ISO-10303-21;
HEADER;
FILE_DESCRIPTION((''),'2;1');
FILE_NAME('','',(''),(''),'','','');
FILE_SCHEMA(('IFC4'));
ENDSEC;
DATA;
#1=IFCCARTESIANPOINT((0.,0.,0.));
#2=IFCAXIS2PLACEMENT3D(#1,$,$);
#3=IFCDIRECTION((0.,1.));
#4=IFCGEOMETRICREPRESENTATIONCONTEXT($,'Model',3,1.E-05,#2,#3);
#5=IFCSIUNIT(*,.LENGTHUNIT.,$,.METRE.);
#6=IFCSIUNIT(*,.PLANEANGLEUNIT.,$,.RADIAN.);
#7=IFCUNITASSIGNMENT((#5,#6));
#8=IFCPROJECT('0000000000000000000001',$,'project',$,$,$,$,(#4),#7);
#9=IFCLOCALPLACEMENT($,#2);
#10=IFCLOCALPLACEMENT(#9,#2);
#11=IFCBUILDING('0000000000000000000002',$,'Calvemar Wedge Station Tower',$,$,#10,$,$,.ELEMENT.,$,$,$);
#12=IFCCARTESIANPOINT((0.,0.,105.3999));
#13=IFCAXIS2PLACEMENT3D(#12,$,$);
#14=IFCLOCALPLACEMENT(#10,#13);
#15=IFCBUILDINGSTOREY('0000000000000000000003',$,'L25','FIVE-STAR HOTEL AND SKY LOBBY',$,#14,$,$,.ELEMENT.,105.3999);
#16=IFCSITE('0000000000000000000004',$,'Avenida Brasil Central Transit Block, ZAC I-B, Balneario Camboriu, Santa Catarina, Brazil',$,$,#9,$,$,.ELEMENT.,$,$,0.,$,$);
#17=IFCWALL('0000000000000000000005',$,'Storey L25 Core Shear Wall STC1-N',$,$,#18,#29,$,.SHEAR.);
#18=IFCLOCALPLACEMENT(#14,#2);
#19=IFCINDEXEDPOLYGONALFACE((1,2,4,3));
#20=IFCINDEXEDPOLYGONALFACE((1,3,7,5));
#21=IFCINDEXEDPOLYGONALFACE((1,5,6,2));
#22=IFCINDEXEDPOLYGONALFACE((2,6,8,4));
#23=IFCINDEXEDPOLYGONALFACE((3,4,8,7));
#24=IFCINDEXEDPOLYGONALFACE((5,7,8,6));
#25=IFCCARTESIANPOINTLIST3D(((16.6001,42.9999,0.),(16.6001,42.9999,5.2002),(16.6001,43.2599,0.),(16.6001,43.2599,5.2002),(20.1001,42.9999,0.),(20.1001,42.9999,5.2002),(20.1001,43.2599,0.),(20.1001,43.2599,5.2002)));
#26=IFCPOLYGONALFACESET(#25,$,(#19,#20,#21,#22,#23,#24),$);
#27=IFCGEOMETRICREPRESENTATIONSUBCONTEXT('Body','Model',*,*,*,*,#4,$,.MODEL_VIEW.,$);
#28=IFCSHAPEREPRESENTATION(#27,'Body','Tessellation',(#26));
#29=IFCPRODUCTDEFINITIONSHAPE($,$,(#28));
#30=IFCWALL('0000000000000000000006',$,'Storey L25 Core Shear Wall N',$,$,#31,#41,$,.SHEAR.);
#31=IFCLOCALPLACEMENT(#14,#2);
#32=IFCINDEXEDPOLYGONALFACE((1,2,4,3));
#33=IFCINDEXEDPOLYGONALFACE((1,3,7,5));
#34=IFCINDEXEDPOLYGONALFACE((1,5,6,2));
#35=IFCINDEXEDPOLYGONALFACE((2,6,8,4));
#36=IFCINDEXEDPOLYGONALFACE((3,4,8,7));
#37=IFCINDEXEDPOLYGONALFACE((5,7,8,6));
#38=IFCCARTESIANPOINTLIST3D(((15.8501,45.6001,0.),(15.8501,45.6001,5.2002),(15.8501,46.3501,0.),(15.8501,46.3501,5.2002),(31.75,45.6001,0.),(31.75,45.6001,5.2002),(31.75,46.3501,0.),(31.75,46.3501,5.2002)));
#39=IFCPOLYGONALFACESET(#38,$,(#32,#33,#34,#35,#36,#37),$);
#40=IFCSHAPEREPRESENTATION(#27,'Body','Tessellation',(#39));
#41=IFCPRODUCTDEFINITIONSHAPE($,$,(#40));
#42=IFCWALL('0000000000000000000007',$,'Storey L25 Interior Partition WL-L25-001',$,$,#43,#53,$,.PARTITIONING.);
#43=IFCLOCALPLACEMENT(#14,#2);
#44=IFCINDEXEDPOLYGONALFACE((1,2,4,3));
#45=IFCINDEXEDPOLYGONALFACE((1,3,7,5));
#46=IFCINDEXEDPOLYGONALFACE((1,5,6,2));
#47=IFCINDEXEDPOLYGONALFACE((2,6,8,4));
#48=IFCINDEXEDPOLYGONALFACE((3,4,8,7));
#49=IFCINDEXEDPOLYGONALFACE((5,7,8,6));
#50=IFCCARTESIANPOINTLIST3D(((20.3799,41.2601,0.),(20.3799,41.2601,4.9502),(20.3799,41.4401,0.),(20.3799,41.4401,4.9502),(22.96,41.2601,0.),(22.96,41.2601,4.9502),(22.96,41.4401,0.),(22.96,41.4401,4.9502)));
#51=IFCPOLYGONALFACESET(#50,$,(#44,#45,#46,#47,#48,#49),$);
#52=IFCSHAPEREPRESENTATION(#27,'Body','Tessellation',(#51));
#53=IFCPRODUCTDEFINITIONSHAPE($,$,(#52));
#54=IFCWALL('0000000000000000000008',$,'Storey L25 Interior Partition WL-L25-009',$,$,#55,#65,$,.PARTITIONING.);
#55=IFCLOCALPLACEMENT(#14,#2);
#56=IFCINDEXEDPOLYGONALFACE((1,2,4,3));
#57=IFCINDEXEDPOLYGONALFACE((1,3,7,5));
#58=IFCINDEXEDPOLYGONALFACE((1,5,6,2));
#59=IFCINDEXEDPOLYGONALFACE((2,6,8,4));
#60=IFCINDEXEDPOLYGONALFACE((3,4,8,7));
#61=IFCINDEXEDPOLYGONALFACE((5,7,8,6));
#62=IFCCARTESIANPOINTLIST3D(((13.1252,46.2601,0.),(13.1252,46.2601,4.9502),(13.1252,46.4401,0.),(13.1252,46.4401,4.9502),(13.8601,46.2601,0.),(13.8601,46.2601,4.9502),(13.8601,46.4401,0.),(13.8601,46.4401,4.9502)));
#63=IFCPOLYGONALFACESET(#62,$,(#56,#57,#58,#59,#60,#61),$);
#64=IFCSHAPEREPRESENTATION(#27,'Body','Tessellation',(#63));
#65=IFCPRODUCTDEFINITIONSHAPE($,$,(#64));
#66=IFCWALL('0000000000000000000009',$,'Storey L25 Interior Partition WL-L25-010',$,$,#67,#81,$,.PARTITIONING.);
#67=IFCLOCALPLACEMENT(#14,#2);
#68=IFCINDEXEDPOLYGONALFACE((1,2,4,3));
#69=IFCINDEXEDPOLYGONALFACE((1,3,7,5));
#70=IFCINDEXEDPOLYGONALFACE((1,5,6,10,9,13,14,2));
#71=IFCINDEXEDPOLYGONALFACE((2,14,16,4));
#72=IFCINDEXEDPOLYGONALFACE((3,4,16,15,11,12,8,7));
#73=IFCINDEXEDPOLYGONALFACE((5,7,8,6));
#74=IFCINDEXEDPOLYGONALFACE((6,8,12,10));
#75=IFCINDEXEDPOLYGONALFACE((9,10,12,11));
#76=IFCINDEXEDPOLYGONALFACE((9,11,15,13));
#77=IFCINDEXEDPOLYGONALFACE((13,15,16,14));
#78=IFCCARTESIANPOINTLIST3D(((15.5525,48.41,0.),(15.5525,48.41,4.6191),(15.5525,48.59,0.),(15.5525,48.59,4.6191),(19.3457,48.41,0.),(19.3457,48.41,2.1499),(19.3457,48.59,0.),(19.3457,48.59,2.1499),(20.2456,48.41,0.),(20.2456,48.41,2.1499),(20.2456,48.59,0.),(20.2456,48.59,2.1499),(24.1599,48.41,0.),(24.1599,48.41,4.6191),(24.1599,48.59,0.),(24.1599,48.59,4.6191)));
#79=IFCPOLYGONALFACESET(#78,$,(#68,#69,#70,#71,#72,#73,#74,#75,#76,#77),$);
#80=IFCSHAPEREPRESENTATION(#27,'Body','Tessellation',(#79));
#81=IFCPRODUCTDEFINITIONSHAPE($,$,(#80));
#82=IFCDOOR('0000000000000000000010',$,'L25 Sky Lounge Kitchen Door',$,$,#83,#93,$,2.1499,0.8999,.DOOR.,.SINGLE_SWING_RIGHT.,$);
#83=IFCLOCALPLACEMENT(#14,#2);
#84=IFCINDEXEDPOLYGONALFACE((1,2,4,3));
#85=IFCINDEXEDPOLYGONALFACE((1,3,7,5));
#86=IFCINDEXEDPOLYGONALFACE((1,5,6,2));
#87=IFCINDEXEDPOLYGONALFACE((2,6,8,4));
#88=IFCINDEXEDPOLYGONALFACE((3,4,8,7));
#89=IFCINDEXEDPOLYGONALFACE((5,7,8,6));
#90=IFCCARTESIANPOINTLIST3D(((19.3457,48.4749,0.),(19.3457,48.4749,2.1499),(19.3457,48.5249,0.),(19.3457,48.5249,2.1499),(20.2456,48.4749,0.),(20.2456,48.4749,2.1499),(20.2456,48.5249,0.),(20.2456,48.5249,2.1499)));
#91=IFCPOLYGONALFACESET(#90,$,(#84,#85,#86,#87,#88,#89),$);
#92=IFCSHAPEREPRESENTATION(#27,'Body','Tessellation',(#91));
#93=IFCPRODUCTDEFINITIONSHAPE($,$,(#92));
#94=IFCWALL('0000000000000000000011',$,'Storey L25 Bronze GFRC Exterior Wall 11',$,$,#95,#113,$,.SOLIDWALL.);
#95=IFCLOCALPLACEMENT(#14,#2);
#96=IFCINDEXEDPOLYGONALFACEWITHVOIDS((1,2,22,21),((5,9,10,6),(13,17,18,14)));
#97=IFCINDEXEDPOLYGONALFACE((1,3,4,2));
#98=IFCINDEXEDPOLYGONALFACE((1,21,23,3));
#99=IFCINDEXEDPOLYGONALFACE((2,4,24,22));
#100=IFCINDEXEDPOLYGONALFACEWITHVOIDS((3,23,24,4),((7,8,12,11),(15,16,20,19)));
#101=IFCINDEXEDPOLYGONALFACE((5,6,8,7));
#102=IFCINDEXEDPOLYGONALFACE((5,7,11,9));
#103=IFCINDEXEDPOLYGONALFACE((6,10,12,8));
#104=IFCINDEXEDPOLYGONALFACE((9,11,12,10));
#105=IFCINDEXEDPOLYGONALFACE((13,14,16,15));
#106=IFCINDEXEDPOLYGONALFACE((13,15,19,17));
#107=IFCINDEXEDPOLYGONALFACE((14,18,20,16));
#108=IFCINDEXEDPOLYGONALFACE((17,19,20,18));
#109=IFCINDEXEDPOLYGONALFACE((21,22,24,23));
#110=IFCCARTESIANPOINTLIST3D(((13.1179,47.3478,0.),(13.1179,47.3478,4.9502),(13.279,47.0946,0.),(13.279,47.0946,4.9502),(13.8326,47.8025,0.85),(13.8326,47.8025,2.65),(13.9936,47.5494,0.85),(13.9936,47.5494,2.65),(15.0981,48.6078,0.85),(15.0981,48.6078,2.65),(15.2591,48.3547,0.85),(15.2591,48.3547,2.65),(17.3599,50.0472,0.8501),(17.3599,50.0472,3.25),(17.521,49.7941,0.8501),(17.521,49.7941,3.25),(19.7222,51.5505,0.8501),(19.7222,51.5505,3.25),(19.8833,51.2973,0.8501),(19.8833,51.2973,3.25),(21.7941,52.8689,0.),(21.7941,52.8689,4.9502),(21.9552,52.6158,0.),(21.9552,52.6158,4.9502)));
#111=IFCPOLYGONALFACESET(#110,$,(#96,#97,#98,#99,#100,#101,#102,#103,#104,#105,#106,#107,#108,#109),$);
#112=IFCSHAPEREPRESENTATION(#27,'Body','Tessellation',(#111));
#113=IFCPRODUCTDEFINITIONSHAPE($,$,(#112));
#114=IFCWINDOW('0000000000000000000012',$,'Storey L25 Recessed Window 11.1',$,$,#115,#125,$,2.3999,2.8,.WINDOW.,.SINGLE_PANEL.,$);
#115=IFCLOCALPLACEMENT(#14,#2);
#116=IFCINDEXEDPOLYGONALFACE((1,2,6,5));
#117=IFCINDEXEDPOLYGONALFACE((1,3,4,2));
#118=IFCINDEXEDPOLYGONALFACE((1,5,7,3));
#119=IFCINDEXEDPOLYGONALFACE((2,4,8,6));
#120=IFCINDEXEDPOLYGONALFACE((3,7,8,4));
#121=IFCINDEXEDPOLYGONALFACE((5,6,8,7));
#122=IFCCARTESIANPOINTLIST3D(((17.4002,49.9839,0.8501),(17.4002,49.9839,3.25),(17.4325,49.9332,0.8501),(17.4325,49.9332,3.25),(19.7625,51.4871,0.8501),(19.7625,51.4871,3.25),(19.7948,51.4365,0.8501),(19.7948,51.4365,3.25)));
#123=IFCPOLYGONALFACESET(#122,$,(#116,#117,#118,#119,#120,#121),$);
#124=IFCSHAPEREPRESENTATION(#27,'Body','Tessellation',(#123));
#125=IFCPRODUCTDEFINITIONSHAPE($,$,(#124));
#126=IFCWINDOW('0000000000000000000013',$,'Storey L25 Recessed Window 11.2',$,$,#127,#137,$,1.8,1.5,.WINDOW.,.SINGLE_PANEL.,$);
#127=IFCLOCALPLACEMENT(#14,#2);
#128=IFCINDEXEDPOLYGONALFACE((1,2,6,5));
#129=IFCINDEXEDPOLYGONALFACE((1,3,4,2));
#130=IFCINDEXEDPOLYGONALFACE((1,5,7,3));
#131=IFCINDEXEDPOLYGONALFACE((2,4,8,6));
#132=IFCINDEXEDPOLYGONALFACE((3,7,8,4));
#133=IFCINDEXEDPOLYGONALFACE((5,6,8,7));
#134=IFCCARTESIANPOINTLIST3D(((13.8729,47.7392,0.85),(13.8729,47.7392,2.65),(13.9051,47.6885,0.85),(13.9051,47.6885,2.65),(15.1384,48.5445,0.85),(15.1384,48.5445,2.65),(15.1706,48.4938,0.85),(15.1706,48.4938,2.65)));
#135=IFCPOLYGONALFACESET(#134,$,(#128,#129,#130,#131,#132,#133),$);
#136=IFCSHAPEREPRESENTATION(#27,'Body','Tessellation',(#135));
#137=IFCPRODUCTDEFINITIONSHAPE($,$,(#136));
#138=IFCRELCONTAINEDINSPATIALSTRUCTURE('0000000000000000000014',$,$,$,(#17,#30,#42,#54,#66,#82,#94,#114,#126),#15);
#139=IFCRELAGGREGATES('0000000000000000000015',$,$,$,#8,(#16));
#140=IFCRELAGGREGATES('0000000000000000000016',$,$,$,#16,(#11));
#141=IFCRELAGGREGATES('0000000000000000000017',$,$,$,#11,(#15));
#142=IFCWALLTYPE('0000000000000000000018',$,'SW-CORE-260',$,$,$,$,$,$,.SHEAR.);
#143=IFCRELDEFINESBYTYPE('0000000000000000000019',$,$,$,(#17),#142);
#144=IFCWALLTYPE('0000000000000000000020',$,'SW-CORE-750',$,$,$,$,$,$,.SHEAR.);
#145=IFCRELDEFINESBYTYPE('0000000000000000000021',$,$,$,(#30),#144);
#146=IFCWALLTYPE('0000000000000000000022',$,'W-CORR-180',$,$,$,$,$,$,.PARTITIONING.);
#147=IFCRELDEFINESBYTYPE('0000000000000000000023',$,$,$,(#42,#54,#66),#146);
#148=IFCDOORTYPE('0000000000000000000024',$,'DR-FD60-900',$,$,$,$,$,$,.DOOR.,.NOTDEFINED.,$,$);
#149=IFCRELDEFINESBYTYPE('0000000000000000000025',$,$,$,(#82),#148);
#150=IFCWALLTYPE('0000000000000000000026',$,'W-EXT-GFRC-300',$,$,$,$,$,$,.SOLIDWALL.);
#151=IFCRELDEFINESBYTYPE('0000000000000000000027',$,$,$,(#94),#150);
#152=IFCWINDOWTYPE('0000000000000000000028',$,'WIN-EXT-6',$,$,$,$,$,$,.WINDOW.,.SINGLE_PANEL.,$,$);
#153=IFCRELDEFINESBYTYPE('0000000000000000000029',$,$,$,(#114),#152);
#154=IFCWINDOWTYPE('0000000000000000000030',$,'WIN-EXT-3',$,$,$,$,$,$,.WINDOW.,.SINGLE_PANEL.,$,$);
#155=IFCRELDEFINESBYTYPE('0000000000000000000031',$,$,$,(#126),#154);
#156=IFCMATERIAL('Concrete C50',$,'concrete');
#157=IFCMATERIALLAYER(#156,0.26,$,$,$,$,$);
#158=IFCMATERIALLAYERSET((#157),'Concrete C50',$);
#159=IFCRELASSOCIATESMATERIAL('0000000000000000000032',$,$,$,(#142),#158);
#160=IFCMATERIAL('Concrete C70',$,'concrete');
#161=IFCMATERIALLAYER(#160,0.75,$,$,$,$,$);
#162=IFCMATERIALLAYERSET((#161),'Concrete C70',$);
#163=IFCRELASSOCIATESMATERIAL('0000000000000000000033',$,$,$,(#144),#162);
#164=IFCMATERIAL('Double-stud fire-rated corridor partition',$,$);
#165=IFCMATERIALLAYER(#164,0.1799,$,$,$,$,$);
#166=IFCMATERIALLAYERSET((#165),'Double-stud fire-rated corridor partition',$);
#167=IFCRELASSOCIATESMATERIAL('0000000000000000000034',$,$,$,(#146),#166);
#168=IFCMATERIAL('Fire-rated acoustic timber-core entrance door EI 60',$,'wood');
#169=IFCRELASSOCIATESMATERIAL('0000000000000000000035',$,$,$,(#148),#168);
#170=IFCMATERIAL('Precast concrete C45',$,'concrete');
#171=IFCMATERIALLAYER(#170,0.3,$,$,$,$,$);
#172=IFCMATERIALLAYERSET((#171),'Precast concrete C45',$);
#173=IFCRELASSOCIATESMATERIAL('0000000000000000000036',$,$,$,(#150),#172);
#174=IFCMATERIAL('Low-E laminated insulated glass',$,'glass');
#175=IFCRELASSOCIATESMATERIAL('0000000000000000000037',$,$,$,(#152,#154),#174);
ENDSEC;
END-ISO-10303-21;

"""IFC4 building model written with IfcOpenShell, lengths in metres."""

from ifc_helpers import new_model, si_unit, direction, frame, frame_2d, origin, place, context, subcontext, project, spatial, rectangle, extrude, source, transform, mapped, material, layer, layer_set, type_object, element, fill, save


model = new_model("IFC4")

# Units and contexts
model_context = context("Model", 3, precision=1e-05, world=origin(), true_north=direction((0.0, 1.0)))
body_context = subcontext(model_context, "Body", "Model", "MODEL_VIEW")
ifc_project = project(units=[si_unit("LENGTHUNIT", "METRE"), si_unit("PLANEANGLEUNIT", "RADIAN")], contexts=[model_context])

# Site, building, storey
site_placement = place(None, origin())
site = spatial("IfcSite", under=ifc_project, at=site_placement, Name="Avenida Brasil Central Transit Block, ZAC I-B, Balneario Camboriu, Santa Catarina, Brazil", CompositionType="ELEMENT", RefElevation=0.0)
building_placement = place(site_placement, origin())
building = spatial("IfcBuilding", under=site, at=building_placement, Name="Calvemar Wedge Station Tower", CompositionType="ELEMENT")
storey_placement = place(building_placement, frame((0.0, 0.0, 105.3999)))
storey = spatial("IfcBuildingStorey", under=building, at=storey_placement, Name="L25", Description="FIVE-STAR HOTEL AND SKY LOBBY", CompositionType="ELEMENT", Elevation=105.3999)

# Walls
ifc_material_1 = material(Name="Concrete C50", Category="concrete")
ifc_layer_1 = layer(ifc_material_1, 0.26)
ifc_layer_set_1 = layer_set([ifc_layer_1], Name="Concrete C50")
wall_type_1 = type_object("IfcWallType", Name="SW-CORE-260", PredefinedType="SHEAR", material=ifc_layer_set_1)
wall_1_placement = place(storey_placement, frame((16.6001, 43.1299, 0.0), z_axis=(0.0, 0.0, 1.0), x_axis=(1.0, 0.0, 0.0)))
element("IfcWall", 1, at=wall_1_placement, inside=storey, type_object=wall_type_1, Name="Storey L25 Core Shear Wall STC1-N", PredefinedType="SHEAR", context=body_context, shape_type="SweptSolid", body=[
    extrude(rectangle(XDim=3.5, YDim=0.26, at=frame_2d((1.75, 0.0))), origin(), (0.0, 0.0, 1.0), 5.2002),
])
ifc_material_2 = material(Name="Concrete C70", Category="concrete")
ifc_layer_2 = layer(ifc_material_2, 0.75)
ifc_layer_set_2 = layer_set([ifc_layer_2], Name="Concrete C70")
wall_type_2 = type_object("IfcWallType", Name="SW-CORE-750", PredefinedType="SHEAR", material=ifc_layer_set_2)
wall_2_placement = place(storey_placement, frame((15.8501, 45.9751, 0.0), z_axis=(0.0, 0.0, 1.0), x_axis=(1.0, 0.0, 0.0)))
element("IfcWall", 2, at=wall_2_placement, inside=storey, type_object=wall_type_2, Name="Storey L25 Core Shear Wall N", PredefinedType="SHEAR", context=body_context, shape_type="SweptSolid", body=[
    extrude(rectangle(XDim=15.8999, YDim=0.75, at=frame_2d((7.95, 0.0))), origin(), (0.0, 0.0, 1.0), 5.2002),
])
ifc_material_3 = material(Name="Double-stud fire-rated corridor partition")
ifc_layer_3 = layer(ifc_material_3, 0.1799)
ifc_layer_set_3 = layer_set([ifc_layer_3], Name="Double-stud fire-rated corridor partition")
wall_type_3 = type_object("IfcWallType", Name="W-CORR-180", PredefinedType="PARTITIONING", material=ifc_layer_set_3)
wall_3_placement = place(storey_placement, frame((22.96, 41.3501, 0.0), z_axis=(0.0, 0.0, 1.0), x_axis=(-1.0, 0.0, 0.0)))
element("IfcWall", 3, at=wall_3_placement, inside=storey, type_object=wall_type_3, Name="Storey L25 Interior Partition WL-L25-001", PredefinedType="PARTITIONING", context=body_context, shape_type="SweptSolid", body=[
    extrude(rectangle(XDim=2.5801, YDim=0.1799, at=frame_2d((1.29, 0.0))), origin(), (0.0, 0.0, 1.0), 4.9502),
])

# Wall
wall_4_placement = place(storey_placement, frame((13.8601, 46.3501, 0.0), z_axis=(0.0, 0.0, 1.0), x_axis=(-1.0, 0.0, 0.0)))
element("IfcWall", 4, at=wall_4_placement, inside=storey, type_object=wall_type_3, Name="Storey L25 Interior Partition WL-L25-009", PredefinedType="PARTITIONING", context=body_context, shape_type="SweptSolid", body=[
    extrude(rectangle(XDim=0.7349, YDim=0.1799, at=frame_2d((0.3674, 0.0))), origin(), (0.0, 0.0, 1.0), 4.9502),
])

# Wall, opening, door
wall_5_placement = place(storey_placement, frame((15.5525, 48.5, 0.0), z_axis=(0.0, 0.0, 1.0), x_axis=(1.0, 0.0, 0.0)))
wall_5 = element("IfcWall", 5, at=wall_5_placement, inside=storey, type_object=wall_type_3, Name="Storey L25 Interior Partition WL-L25-010", PredefinedType="PARTITIONING", context=body_context, shape_type="SweptSolid", body=[
    extrude(rectangle(XDim=8.6074, YDim=0.1799, at=frame_2d((4.3037, 0.0))), origin(), (0.0, 0.0, 1.0), 4.6191),
])
shared_shape_1 = source(origin(), body_context, "Body", "SweptSolid", [
    extrude(rectangle(XDim=0.8999, YDim=2.1499, at=frame_2d((0.45, 1.075))), frame((0.0, 0.1001, 0.0), z_axis=(0.0, -1.0, 0.0), x_axis=(1.0, 0.0, 0.0)), (0.0, 0.0, 1.0), 0.2),
])
opening_1_placement = place(wall_5_placement, frame((3.7932, 0.0, 0.0)))
opening_1 = element("IfcOpeningElement", 6, at=opening_1_placement, cuts=wall_5, PredefinedType="OPENING", context=body_context, shape_type="MappedRepresentation", body=[
    mapped(shared_shape_1, transform((0.0, 0.0, 0.0), scale=1.0)),
])
ifc_material_4 = material(Name="Fire-rated acoustic timber-core entrance door EI 60", Category="wood")
door_type_1 = type_object("IfcDoorType", Name="DR-FD60-900", OperationType="NOTDEFINED", PredefinedType="DOOR", material=ifc_material_4)
shared_shape_2 = source(origin(), body_context, "Body", "SweptSolid", [
    extrude(rectangle(XDim=0.8999, YDim=2.1499, at=frame_2d((0.45, 1.075))), frame((0.0, 0.0249, 0.0), z_axis=(0.0, -1.0, 0.0), x_axis=(1.0, 0.0, 0.0)), (0.0, 0.0, 1.0), 0.05),
])
door_1_placement = place(opening_1_placement, origin())
door_1 = element("IfcDoor", 7, at=door_1_placement, inside=storey, type_object=door_type_1, Name="L25 Sky Lounge Kitchen Door", OperationType="SINGLE_SWING_RIGHT", OverallHeight=2.1499, OverallWidth=0.8999, PredefinedType="DOOR", context=body_context, shape_type="MappedRepresentation", body=[
    mapped(shared_shape_2, transform((0.0, 0.0, 0.0), scale=1.0)),
])
fill(opening_1, door_1)

# Wall, openings, windows
ifc_material_5 = material(Name="Precast concrete C45", Category="concrete")
ifc_layer_4 = layer(ifc_material_5, 0.3)
ifc_layer_set_4 = layer_set([ifc_layer_4], Name="Precast concrete C45")
wall_type_4 = type_object("IfcWallType", Name="W-EXT-GFRC-300", PredefinedType="SOLIDWALL", material=ifc_layer_set_4)
wall_6_placement = place(storey_placement, frame((21.8748, 52.7424, 0.0), z_axis=(0.0, 0.0, 1.0), x_axis=(-0.843662, -0.536874, 0.0)))
wall_6 = element("IfcWall", 8, at=wall_6_placement, inside=storey, type_object=wall_type_4, Name="Storey L25 Bronze GFRC Exterior Wall 11", PredefinedType="SOLIDWALL", context=body_context, shape_type="SweptSolid", body=[
    extrude(rectangle(XDim=10.2839, YDim=0.3, at=frame_2d((5.1421, 0.0))), origin(), (0.0, 0.0, 1.0), 4.9502),
])
shared_shape_3 = source(origin(), body_context, "Body", "SweptSolid", [
    extrude(rectangle(XDim=2.8, YDim=2.3999, at=frame_2d((1.3999, 1.2))), frame((0.0, 0.1602, 0.0), z_axis=(0.0, -1.0, 0.0), x_axis=(1.0, 0.0, 0.0)), (0.0, 0.0, 1.0), 0.3201),
])
opening_2_placement = place(wall_6_placement, frame((2.4561, 0.0, 0.8501)))
opening_2 = element("IfcOpeningElement", 9, at=opening_2_placement, cuts=wall_6, PredefinedType="OPENING", context=body_context, shape_type="MappedRepresentation", body=[
    mapped(shared_shape_3, transform((0.0, 0.0, 0.0), scale=1.0)),
])
shared_shape_4 = source(origin(), body_context, "Body", "SweptSolid", [
    extrude(rectangle(XDim=1.5, YDim=1.8, at=frame_2d((0.75, 0.8999))), frame((0.0, 0.1602, 0.0), z_axis=(0.0, -1.0, 0.0), x_axis=(1.0, 0.0, 0.0)), (0.0, 0.0, 1.0), 0.3201),
])
opening_3_placement = place(wall_6_placement, frame((7.937, 0.0, 0.8501)))
opening_3 = element("IfcOpeningElement", 10, at=opening_3_placement, cuts=wall_6, PredefinedType="OPENING", context=body_context, shape_type="MappedRepresentation", body=[
    mapped(shared_shape_4, transform((0.0, 0.0, 0.0), scale=1.0)),
])
ifc_material_6 = material(Name="Low-E laminated insulated glass", Category="glass")
window_type_1 = type_object("IfcWindowType", Name="WIN-EXT-6", PartitioningType="SINGLE_PANEL", PredefinedType="WINDOW", material=ifc_material_6)
shared_shape_5 = source(origin(), body_context, "Body", "SweptSolid", [
    extrude(rectangle(XDim=2.8, YDim=2.3999, at=frame_2d((1.3999, 1.2))), frame((0.0, -0.0149, 0.0), z_axis=(0.0, -1.0, 0.0), x_axis=(1.0, 0.0, 0.0)), (0.0, 0.0, 1.0), 0.0601),
])
window_1_placement = place(opening_2_placement, origin())
window_1 = element("IfcWindow", 11, at=window_1_placement, inside=storey, type_object=window_type_1, Name="Storey L25 Recessed Window 11.1", OverallHeight=2.3999, OverallWidth=2.8, PartitioningType="SINGLE_PANEL", PredefinedType="WINDOW", context=body_context, shape_type="MappedRepresentation", body=[
    mapped(shared_shape_5, transform((0.0, 0.0, 0.0), scale=1.0)),
])
fill(opening_2, window_1)
window_type_2 = type_object("IfcWindowType", Name="WIN-EXT-3", PartitioningType="SINGLE_PANEL", PredefinedType="WINDOW", material=ifc_material_6)
shared_shape_6 = source(origin(), body_context, "Body", "SweptSolid", [
    extrude(rectangle(XDim=1.5, YDim=1.8, at=frame_2d((0.75, 0.8999))), frame((0.0, -0.0149, 0.0), z_axis=(0.0, -1.0, 0.0), x_axis=(1.0, 0.0, 0.0)), (0.0, 0.0, 1.0), 0.0601),
])
window_2_placement = place(opening_3_placement, origin())
window_2 = element("IfcWindow", 12, at=window_2_placement, inside=storey, type_object=window_type_2, Name="Storey L25 Recessed Window 11.2", OverallHeight=1.8, OverallWidth=1.5, PartitioningType="SINGLE_PANEL", PredefinedType="WINDOW", context=body_context, shape_type="MappedRepresentation", body=[
    mapped(shared_shape_6, transform((0.0, 0.0, 0.0), scale=1.0)),
])
fill(opening_3, window_2)

save(model, "model.ifc")
